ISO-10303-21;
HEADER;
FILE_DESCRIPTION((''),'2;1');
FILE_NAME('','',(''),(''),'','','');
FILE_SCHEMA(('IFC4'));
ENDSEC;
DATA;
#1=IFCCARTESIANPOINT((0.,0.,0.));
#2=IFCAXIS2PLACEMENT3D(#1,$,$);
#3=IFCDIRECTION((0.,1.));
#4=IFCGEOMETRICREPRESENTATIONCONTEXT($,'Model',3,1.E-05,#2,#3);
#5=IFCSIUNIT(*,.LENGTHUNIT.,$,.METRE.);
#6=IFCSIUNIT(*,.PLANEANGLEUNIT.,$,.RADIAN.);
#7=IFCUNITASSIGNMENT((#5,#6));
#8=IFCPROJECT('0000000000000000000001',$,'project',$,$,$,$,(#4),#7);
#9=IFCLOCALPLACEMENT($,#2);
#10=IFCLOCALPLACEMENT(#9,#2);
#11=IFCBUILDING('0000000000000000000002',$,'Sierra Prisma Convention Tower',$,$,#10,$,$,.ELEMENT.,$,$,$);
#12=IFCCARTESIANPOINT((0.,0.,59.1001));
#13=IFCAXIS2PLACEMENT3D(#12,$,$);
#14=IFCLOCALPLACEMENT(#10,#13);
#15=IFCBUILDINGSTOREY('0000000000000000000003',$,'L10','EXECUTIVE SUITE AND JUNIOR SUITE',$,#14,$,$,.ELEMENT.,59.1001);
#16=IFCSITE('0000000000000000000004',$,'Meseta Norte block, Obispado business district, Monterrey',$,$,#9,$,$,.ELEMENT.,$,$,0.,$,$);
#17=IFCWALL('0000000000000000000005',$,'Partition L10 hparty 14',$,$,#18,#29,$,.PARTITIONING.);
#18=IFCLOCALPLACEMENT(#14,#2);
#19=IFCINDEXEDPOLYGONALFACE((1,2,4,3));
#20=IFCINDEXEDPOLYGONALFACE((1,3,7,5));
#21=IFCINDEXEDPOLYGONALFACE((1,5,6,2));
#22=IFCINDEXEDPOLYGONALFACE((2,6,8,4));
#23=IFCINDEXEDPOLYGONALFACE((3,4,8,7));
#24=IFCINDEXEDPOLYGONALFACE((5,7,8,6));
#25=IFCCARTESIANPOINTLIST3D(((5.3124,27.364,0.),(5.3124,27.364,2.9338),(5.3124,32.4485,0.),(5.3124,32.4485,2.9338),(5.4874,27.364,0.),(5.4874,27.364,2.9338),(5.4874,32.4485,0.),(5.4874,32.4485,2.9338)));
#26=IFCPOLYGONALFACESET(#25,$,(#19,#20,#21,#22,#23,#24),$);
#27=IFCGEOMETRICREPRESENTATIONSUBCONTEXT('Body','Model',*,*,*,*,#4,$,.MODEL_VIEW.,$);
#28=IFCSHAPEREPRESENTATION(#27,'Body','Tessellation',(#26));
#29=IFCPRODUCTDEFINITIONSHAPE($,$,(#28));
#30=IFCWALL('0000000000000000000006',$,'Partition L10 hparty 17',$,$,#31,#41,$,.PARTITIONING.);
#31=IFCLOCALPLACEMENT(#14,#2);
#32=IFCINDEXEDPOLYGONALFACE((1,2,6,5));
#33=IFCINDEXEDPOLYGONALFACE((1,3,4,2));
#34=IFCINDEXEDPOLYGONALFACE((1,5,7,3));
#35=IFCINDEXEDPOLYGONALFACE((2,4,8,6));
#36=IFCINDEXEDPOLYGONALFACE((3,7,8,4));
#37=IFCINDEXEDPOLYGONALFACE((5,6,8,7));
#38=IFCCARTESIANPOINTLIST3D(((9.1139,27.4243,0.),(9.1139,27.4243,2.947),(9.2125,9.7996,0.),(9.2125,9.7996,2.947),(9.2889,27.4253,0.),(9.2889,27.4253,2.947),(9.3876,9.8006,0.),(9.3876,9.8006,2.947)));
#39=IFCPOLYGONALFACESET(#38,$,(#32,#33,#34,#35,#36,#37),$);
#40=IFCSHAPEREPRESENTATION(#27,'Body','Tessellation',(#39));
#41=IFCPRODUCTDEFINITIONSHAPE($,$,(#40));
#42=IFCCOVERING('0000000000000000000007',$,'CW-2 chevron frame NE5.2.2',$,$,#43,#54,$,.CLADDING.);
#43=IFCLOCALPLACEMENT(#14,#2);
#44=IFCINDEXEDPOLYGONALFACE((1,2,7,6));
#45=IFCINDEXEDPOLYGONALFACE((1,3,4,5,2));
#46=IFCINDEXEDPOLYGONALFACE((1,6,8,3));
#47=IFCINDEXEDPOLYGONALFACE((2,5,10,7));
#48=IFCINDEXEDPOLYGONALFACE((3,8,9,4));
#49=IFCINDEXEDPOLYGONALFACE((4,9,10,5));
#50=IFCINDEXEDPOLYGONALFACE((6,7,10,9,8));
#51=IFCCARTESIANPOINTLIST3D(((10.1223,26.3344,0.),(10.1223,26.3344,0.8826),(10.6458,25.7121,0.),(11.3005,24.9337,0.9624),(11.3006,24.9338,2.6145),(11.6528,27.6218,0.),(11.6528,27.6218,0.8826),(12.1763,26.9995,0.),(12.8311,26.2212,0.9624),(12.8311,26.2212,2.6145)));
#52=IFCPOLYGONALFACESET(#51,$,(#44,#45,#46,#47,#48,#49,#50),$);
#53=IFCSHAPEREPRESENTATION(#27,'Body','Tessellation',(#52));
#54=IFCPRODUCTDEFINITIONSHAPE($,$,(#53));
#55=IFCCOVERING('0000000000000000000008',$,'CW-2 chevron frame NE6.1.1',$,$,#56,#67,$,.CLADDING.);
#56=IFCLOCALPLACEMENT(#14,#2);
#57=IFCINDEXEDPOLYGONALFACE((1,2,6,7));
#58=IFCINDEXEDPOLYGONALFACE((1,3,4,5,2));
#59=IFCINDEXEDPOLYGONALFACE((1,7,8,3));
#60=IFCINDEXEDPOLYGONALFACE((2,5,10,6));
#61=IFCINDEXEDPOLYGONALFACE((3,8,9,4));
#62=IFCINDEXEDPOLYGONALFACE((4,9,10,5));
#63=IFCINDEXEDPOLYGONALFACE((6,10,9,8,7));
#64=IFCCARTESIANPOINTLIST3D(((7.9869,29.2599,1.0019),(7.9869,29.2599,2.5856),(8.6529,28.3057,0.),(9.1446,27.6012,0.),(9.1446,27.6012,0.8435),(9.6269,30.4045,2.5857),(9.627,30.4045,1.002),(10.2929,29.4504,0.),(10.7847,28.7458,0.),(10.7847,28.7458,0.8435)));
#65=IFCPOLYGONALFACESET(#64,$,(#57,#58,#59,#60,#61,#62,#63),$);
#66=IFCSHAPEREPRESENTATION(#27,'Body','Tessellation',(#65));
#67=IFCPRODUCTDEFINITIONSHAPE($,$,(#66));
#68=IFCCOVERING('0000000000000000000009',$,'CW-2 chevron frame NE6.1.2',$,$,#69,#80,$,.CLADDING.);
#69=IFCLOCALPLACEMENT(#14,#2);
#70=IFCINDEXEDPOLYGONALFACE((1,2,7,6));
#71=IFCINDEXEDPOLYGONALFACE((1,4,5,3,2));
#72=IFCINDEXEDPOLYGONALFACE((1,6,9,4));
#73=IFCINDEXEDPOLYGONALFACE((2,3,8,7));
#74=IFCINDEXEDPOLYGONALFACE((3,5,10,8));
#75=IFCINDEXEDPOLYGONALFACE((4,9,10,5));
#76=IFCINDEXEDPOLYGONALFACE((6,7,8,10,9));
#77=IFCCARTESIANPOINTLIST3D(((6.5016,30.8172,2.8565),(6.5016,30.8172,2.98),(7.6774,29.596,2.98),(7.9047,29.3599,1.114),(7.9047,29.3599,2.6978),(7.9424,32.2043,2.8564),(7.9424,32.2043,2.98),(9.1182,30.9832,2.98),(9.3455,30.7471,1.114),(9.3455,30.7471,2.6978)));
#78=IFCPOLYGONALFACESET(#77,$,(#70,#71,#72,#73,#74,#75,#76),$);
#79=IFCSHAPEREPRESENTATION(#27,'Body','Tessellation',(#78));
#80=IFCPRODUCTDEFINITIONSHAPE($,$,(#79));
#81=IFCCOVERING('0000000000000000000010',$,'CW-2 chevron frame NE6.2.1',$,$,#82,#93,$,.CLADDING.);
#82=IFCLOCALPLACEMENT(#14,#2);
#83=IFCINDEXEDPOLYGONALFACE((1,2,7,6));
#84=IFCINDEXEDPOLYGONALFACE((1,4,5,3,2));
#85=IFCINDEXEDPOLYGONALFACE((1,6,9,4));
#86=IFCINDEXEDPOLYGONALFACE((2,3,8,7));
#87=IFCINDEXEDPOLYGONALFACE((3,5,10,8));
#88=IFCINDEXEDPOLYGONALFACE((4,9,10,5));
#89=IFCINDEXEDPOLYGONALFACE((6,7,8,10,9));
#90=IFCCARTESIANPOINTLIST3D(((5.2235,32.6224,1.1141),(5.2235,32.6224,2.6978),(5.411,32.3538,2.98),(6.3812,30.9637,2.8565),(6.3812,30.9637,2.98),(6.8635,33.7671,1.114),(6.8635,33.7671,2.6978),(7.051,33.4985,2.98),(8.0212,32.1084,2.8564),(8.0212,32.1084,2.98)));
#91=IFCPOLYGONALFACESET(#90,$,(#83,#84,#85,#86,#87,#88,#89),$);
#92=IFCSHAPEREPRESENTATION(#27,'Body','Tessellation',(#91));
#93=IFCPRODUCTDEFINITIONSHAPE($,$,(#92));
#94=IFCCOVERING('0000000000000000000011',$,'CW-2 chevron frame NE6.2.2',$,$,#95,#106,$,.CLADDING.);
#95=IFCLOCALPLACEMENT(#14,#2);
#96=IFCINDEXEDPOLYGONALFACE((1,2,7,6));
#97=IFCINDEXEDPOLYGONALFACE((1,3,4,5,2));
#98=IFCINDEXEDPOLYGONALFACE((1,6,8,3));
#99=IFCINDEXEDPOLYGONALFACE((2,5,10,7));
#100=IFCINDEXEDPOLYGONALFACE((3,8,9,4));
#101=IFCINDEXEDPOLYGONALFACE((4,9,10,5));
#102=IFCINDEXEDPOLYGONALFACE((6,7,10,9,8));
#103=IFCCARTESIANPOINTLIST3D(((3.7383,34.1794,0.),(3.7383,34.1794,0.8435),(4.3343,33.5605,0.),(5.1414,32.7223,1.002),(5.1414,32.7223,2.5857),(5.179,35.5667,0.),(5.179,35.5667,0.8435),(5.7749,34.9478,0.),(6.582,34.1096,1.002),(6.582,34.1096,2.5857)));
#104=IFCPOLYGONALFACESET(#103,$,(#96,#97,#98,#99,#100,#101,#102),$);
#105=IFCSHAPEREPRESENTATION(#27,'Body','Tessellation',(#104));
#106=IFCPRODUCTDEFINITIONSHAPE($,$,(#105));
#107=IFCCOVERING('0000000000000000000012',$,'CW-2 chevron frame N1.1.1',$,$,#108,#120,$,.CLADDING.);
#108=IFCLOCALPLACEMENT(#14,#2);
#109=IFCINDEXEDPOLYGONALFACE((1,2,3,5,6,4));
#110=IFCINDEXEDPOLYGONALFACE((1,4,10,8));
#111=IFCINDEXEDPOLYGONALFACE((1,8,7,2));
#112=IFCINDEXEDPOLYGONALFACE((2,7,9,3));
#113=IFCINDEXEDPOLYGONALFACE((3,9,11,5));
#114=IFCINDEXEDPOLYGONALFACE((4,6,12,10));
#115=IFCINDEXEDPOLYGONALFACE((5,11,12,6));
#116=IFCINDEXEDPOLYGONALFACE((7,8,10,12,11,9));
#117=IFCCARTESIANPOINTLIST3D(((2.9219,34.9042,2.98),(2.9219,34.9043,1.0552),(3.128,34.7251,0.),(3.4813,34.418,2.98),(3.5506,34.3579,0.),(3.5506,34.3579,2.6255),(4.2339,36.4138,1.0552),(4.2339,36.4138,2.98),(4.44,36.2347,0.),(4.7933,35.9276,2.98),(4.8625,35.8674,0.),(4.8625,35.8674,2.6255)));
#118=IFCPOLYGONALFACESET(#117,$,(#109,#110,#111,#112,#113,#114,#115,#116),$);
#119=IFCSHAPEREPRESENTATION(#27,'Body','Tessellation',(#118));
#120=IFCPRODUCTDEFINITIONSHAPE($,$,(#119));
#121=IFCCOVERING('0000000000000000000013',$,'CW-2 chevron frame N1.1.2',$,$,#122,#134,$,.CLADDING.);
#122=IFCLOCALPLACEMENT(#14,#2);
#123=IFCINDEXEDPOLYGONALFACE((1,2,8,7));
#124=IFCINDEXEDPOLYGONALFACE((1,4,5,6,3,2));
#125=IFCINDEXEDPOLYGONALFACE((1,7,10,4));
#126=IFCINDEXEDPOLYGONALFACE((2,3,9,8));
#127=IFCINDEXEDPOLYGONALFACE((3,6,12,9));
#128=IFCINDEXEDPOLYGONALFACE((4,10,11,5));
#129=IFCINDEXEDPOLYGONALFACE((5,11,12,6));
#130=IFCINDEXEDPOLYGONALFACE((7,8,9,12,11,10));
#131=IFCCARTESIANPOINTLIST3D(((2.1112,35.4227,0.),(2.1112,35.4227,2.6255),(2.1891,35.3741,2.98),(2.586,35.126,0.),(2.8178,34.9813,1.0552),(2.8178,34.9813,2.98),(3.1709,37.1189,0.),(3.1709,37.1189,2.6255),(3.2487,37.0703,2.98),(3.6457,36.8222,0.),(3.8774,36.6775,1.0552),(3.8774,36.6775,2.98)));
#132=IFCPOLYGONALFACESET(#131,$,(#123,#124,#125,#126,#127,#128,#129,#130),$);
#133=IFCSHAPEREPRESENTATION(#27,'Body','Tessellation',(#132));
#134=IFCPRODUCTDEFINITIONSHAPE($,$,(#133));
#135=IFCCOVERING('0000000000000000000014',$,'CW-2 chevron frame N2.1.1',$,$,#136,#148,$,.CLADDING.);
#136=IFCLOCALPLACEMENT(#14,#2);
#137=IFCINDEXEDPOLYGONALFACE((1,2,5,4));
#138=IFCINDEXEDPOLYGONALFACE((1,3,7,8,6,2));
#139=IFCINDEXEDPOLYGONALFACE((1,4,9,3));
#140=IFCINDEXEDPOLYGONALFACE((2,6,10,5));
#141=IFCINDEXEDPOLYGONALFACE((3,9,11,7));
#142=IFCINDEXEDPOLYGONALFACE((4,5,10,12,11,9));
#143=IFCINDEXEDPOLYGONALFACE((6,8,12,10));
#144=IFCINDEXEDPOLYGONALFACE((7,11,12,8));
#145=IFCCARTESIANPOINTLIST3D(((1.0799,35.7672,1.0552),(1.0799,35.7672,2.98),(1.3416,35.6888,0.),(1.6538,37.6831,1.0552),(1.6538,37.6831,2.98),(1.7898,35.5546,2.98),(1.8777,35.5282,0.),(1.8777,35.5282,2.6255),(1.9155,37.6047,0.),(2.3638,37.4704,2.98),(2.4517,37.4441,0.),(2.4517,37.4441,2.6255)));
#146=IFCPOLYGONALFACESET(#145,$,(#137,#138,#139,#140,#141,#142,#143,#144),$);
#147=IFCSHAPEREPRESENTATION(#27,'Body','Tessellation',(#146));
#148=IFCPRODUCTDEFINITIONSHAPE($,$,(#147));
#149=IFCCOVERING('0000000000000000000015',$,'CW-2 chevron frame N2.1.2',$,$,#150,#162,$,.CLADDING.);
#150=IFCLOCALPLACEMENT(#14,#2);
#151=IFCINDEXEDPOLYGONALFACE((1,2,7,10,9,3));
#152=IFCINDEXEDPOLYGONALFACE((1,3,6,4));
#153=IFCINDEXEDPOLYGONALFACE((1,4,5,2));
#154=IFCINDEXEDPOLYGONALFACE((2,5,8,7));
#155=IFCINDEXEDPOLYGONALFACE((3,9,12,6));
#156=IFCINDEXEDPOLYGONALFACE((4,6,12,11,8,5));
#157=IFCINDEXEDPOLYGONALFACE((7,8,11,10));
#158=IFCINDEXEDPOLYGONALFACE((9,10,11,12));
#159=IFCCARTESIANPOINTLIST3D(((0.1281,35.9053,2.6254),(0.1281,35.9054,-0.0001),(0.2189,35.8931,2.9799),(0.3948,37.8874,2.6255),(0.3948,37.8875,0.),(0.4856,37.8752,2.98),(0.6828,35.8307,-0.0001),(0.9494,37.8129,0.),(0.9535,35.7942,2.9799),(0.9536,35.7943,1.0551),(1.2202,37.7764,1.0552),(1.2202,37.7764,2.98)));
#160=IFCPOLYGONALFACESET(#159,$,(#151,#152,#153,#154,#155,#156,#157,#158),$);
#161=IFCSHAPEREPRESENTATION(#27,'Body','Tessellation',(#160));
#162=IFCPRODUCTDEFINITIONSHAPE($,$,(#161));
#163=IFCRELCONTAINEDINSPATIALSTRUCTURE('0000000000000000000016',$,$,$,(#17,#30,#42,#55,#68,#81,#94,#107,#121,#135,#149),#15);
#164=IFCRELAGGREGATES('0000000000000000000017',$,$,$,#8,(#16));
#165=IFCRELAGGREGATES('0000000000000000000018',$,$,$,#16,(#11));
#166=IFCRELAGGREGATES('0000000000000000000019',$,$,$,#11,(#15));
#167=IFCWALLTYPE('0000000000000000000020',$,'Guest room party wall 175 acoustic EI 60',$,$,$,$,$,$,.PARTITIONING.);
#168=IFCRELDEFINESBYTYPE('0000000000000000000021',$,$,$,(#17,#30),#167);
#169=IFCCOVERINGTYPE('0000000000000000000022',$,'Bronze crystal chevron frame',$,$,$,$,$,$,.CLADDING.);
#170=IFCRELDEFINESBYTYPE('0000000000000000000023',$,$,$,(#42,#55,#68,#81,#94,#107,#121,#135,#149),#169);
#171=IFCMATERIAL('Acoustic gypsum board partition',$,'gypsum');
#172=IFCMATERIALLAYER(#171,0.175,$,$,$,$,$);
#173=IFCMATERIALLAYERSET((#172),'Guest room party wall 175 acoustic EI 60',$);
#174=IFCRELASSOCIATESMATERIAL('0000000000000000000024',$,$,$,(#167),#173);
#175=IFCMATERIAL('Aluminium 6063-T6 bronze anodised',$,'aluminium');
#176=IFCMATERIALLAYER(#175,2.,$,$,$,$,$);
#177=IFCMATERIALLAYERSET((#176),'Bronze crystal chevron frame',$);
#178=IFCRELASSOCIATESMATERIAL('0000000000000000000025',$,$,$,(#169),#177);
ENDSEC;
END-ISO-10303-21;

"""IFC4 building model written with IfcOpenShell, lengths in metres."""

from ifc_helpers import new_model, si_unit, direction, frame, frame_2d, origin, place, context, subcontext, project, spatial, polyline, rectangle, outline, extrude, material, layer, layer_set, type_object, element, save


model = new_model("IFC4")

# Units and contexts
model_context = context("Model", 3, precision=1e-05, world=origin(), true_north=direction((0.0, 1.0)))
body_context = subcontext(model_context, "Body", "Model", "MODEL_VIEW")
ifc_project = project(units=[si_unit("LENGTHUNIT", "METRE"), si_unit("PLANEANGLEUNIT", "RADIAN")], contexts=[model_context])

# Site, building, storey
site_placement = place(None, origin())
site = spatial("IfcSite", under=ifc_project, at=site_placement, Name="Meseta Norte block, Obispado business district, Monterrey", CompositionType="ELEMENT", RefElevation=0.0)
building_placement = place(site_placement, origin())
building = spatial("IfcBuilding", under=site, at=building_placement, Name="Sierra Prisma Convention Tower", CompositionType="ELEMENT")
storey_placement = place(building_placement, frame((0.0, 0.0, 59.1001)))
storey = spatial("IfcBuildingStorey", under=building, at=storey_placement, Name="L10", Description="EXECUTIVE SUITE AND JUNIOR SUITE", CompositionType="ELEMENT", Elevation=59.1001)

# Walls
ifc_material_1 = material(Name="Acoustic gypsum board partition", Category="gypsum")
ifc_layer_1 = layer(ifc_material_1, 0.175)
ifc_layer_set_1 = layer_set([ifc_layer_1], Name="Guest room party wall 175 acoustic EI 60")
wall_type_1 = type_object("IfcWallType", Name="Guest room party wall 175 acoustic EI 60", PredefinedType="PARTITIONING", material=ifc_layer_set_1)
wall_1_placement = place(storey_placement, frame((5.3999, 27.364, 0.0), z_axis=(0.0, 0.0, 1.0), x_axis=(0.0, 1.0, 0.0)))
element("IfcWall", 1, at=wall_1_placement, inside=storey, type_object=wall_type_1, Name="Partition L10 hparty 14", PredefinedType="PARTITIONING", context=body_context, shape_type="SweptSolid", body=[
    extrude(rectangle(XDim=5.0845, YDim=0.175, at=frame_2d((2.5422, 0.0))), origin(), (0.0, 0.0, 1.0), 2.9338),
])
wall_2_placement = place(storey_placement, frame((9.2014, 27.4248, 0.0), z_axis=(0.0, 0.0, 1.0), x_axis=(0.005596, -0.999984, 0.0)))
element("IfcWall", 2, at=wall_2_placement, inside=storey, type_object=wall_type_1, Name="Partition L10 hparty 17", PredefinedType="PARTITIONING", context=body_context, shape_type="SweptSolid", body=[
    extrude(rectangle(XDim=17.625, YDim=0.175, at=frame_2d((8.8125, 0.0))), origin(), (0.0, 0.0, 1.0), 2.947),
])

# Coverings
ifc_material_2 = material(Name="Aluminium 6063-T6 bronze anodised", Category="aluminium")
ifc_layer_2 = layer(ifc_material_2, 2.0)
ifc_layer_set_2 = layer_set([ifc_layer_2], Name="Bronze crystal chevron frame")
covering_type = type_object("IfcCoveringType", Name="Bronze crystal chevron frame", PredefinedType="CLADDING", material=ifc_layer_set_2)
covering_1_placement = place(storey_placement, frame((11.6528, 27.6218, 0.0), z_axis=(0.765255, 0.643727, -0.000015), x_axis=(0.000011, 0.00001, 1.0)))
element("IfcCovering", 3, at=covering_1_placement, inside=storey, type_object=covering_type, Name="CW-2 chevron frame NE5.2.2", PredefinedType="CLADDING", context=body_context, shape_type="SweptSolid", body=[
    extrude(outline(polyline([(0.0, 0.0), (0.8826, 0.0), (2.6145, 1.8303), (0.9624, 1.8303), (0.0, 0.8132), (0.0, 0.0)])), origin(), (0.0, 0.0, -1.0), 2.0),
])
covering_2_placement = place(storey_placement, frame((10.7847, 28.7458, 0.0), z_axis=(0.82002, 0.572334, 0.000024), x_axis=(-0.572334, 0.82002, 0.0)))
element("IfcCovering", 4, at=covering_2_placement, inside=storey, type_object=covering_type, Name="CW-2 chevron frame NE6.1.1", PredefinedType="CLADDING", context=body_context, shape_type="SweptSolid", body=[
    extrude(outline(polyline([(0.0, 0.0), (0.8592, 0.0), (2.0228, 1.002), (2.0228, 2.5857), (0.0, 0.8435), (0.0, 0.0)])), origin(), (0.0, 0.0, -1.0), 2.0),
])
covering_3_placement = place(storey_placement, frame((9.3455, 30.7471, 2.6978), z_axis=(0.720376, 0.693584, -0.000003), x_axis=(-0.000002, -0.000002, -1.0)))
element("IfcCovering", 5, at=covering_3_placement, inside=storey, type_object=covering_type, Name="CW-2 chevron frame NE6.1.2", PredefinedType="CLADDING", context=body_context, shape_type="SweptSolid", body=[
    extrude(outline(polyline([(0.0, 0.0), (1.5837, 0.0), (-0.1587, 2.0229), (-0.2822, 2.0229), (-0.2822, 0.3277), (0.0, 0.0)])), origin(), (0.0, 0.0, -1.0), 2.0),
])
covering_4_placement = place(storey_placement, frame((8.0212, 32.1084, 2.98), z_axis=(0.820016, 0.572341, -0.000024), x_axis=(-0.00002, -0.000014, -1.0)))
element("IfcCovering", 6, at=covering_4_placement, inside=storey, type_object=covering_type, Name="CW-2 chevron frame NE6.2.1", PredefinedType="CLADDING", context=body_context, shape_type="SweptSolid", body=[
    extrude(outline(polyline([(0.0, 0.0), (0.1235, 0.0), (1.866, 2.0228), (0.2822, 2.0228), (0.0, 1.6952), (0.0, 0.0)])), origin(), (0.0, 0.0, -1.0), 2.0),
])
covering_5_placement = place(storey_placement, frame((5.179, 35.5667, 0.0), z_axis=(0.720321, 0.693641, -0.000008), x_axis=(0.000006, 0.000005, 1.0)))
element("IfcCovering", 7, at=covering_5_placement, inside=storey, type_object=covering_type, Name="CW-2 chevron frame NE6.2.2", PredefinedType="CLADDING", context=body_context, shape_type="SweptSolid", body=[
    extrude(outline(polyline([(0.0, 0.0), (0.8435, 0.0), (2.5857, 2.0228), (1.002, 2.0228), (0.0, 0.8592), (0.0, 0.0)])), origin(), (0.0, 0.0, -1.0), 2.0),
])
covering_6_placement = place(storey_placement, frame((4.8625, 35.8674, 0.0), z_axis=(0.655984, 0.754774, 0.000012), x_axis=(-0.754774, 0.655984, 0.0)))
element("IfcCovering", 8, at=covering_6_placement, inside=storey, type_object=covering_type, Name="CW-2 chevron frame N1.1.1", PredefinedType="CLADDING", context=body_context, shape_type="SweptSolid", body=[
    extrude(outline(polyline([(0.0, 0.0), (0.5598, 0.0), (0.8329, 1.0552), (0.8329, 2.98), (0.0917, 2.98), (0.0, 2.6255), (0.0, 0.0)])), origin(), (0.0, 0.0, -1.0), 2.0),
])
covering_7_placement = place(storey_placement, frame((3.8774, 36.6775, 2.98), z_axis=(0.52984, 0.848098, -0.000006), x_axis=(-0.000003, -0.000005, -1.0)))
element("IfcCovering", 9, at=covering_7_placement, inside=storey, type_object=covering_type, Name="CW-2 chevron frame N1.1.2", PredefinedType="CLADDING", context=body_context, shape_type="SweptSolid", body=[
    extrude(outline(polyline([(0.0, 0.0), (1.9248, 0.0), (2.98, 0.2732), (2.98, 0.8331), (0.3545, 0.8331), (0.0, 0.7413), (0.0, 0.0)])), origin(), (0.0, 0.0, -1.0), 2.0),
])
covering_8_placement = place(storey_placement, frame((2.4517, 37.4441, 0.0), z_axis=(0.286976, 0.957938, -0.000001), x_axis=(-0.957938, 0.286976, 0.0)))
element("IfcCovering", 10, at=covering_8_placement, inside=storey, type_object=covering_type, Name="CW-2 chevron frame N2.1.1", PredefinedType="CLADDING", context=body_context, shape_type="SweptSolid", body=[
    extrude(outline(polyline([(0.0, 0.0), (0.5597, 0.0), (0.8329, 1.0552), (0.8329, 2.98), (0.0918, 2.98), (0.0, 2.6255), (0.0, 0.0)])), origin(), (0.0, 0.0, -1.0), 2.0),
])
covering_9_placement = place(storey_placement, frame((1.2202, 37.7764, 2.98), z_axis=(0.133333, 0.991071, 0.00003), x_axis=(0.000004, 0.00003, -1.0)))
element("IfcCovering", 11, at=covering_9_placement, inside=storey, type_object=covering_type, Name="CW-2 chevron frame N2.1.2", PredefinedType="CLADDING", context=body_context, shape_type="SweptSolid", body=[
    extrude(outline(polyline([(0.0, 0.0), (1.9248, 0.0), (2.98, 0.2732), (2.98, 0.8329), (0.3545, 0.8329), (0.0, 0.7412), (0.0, 0.0)])), origin(), (0.0, 0.0, -1.0), 2.0),
])

save(model, "model.ifc")
